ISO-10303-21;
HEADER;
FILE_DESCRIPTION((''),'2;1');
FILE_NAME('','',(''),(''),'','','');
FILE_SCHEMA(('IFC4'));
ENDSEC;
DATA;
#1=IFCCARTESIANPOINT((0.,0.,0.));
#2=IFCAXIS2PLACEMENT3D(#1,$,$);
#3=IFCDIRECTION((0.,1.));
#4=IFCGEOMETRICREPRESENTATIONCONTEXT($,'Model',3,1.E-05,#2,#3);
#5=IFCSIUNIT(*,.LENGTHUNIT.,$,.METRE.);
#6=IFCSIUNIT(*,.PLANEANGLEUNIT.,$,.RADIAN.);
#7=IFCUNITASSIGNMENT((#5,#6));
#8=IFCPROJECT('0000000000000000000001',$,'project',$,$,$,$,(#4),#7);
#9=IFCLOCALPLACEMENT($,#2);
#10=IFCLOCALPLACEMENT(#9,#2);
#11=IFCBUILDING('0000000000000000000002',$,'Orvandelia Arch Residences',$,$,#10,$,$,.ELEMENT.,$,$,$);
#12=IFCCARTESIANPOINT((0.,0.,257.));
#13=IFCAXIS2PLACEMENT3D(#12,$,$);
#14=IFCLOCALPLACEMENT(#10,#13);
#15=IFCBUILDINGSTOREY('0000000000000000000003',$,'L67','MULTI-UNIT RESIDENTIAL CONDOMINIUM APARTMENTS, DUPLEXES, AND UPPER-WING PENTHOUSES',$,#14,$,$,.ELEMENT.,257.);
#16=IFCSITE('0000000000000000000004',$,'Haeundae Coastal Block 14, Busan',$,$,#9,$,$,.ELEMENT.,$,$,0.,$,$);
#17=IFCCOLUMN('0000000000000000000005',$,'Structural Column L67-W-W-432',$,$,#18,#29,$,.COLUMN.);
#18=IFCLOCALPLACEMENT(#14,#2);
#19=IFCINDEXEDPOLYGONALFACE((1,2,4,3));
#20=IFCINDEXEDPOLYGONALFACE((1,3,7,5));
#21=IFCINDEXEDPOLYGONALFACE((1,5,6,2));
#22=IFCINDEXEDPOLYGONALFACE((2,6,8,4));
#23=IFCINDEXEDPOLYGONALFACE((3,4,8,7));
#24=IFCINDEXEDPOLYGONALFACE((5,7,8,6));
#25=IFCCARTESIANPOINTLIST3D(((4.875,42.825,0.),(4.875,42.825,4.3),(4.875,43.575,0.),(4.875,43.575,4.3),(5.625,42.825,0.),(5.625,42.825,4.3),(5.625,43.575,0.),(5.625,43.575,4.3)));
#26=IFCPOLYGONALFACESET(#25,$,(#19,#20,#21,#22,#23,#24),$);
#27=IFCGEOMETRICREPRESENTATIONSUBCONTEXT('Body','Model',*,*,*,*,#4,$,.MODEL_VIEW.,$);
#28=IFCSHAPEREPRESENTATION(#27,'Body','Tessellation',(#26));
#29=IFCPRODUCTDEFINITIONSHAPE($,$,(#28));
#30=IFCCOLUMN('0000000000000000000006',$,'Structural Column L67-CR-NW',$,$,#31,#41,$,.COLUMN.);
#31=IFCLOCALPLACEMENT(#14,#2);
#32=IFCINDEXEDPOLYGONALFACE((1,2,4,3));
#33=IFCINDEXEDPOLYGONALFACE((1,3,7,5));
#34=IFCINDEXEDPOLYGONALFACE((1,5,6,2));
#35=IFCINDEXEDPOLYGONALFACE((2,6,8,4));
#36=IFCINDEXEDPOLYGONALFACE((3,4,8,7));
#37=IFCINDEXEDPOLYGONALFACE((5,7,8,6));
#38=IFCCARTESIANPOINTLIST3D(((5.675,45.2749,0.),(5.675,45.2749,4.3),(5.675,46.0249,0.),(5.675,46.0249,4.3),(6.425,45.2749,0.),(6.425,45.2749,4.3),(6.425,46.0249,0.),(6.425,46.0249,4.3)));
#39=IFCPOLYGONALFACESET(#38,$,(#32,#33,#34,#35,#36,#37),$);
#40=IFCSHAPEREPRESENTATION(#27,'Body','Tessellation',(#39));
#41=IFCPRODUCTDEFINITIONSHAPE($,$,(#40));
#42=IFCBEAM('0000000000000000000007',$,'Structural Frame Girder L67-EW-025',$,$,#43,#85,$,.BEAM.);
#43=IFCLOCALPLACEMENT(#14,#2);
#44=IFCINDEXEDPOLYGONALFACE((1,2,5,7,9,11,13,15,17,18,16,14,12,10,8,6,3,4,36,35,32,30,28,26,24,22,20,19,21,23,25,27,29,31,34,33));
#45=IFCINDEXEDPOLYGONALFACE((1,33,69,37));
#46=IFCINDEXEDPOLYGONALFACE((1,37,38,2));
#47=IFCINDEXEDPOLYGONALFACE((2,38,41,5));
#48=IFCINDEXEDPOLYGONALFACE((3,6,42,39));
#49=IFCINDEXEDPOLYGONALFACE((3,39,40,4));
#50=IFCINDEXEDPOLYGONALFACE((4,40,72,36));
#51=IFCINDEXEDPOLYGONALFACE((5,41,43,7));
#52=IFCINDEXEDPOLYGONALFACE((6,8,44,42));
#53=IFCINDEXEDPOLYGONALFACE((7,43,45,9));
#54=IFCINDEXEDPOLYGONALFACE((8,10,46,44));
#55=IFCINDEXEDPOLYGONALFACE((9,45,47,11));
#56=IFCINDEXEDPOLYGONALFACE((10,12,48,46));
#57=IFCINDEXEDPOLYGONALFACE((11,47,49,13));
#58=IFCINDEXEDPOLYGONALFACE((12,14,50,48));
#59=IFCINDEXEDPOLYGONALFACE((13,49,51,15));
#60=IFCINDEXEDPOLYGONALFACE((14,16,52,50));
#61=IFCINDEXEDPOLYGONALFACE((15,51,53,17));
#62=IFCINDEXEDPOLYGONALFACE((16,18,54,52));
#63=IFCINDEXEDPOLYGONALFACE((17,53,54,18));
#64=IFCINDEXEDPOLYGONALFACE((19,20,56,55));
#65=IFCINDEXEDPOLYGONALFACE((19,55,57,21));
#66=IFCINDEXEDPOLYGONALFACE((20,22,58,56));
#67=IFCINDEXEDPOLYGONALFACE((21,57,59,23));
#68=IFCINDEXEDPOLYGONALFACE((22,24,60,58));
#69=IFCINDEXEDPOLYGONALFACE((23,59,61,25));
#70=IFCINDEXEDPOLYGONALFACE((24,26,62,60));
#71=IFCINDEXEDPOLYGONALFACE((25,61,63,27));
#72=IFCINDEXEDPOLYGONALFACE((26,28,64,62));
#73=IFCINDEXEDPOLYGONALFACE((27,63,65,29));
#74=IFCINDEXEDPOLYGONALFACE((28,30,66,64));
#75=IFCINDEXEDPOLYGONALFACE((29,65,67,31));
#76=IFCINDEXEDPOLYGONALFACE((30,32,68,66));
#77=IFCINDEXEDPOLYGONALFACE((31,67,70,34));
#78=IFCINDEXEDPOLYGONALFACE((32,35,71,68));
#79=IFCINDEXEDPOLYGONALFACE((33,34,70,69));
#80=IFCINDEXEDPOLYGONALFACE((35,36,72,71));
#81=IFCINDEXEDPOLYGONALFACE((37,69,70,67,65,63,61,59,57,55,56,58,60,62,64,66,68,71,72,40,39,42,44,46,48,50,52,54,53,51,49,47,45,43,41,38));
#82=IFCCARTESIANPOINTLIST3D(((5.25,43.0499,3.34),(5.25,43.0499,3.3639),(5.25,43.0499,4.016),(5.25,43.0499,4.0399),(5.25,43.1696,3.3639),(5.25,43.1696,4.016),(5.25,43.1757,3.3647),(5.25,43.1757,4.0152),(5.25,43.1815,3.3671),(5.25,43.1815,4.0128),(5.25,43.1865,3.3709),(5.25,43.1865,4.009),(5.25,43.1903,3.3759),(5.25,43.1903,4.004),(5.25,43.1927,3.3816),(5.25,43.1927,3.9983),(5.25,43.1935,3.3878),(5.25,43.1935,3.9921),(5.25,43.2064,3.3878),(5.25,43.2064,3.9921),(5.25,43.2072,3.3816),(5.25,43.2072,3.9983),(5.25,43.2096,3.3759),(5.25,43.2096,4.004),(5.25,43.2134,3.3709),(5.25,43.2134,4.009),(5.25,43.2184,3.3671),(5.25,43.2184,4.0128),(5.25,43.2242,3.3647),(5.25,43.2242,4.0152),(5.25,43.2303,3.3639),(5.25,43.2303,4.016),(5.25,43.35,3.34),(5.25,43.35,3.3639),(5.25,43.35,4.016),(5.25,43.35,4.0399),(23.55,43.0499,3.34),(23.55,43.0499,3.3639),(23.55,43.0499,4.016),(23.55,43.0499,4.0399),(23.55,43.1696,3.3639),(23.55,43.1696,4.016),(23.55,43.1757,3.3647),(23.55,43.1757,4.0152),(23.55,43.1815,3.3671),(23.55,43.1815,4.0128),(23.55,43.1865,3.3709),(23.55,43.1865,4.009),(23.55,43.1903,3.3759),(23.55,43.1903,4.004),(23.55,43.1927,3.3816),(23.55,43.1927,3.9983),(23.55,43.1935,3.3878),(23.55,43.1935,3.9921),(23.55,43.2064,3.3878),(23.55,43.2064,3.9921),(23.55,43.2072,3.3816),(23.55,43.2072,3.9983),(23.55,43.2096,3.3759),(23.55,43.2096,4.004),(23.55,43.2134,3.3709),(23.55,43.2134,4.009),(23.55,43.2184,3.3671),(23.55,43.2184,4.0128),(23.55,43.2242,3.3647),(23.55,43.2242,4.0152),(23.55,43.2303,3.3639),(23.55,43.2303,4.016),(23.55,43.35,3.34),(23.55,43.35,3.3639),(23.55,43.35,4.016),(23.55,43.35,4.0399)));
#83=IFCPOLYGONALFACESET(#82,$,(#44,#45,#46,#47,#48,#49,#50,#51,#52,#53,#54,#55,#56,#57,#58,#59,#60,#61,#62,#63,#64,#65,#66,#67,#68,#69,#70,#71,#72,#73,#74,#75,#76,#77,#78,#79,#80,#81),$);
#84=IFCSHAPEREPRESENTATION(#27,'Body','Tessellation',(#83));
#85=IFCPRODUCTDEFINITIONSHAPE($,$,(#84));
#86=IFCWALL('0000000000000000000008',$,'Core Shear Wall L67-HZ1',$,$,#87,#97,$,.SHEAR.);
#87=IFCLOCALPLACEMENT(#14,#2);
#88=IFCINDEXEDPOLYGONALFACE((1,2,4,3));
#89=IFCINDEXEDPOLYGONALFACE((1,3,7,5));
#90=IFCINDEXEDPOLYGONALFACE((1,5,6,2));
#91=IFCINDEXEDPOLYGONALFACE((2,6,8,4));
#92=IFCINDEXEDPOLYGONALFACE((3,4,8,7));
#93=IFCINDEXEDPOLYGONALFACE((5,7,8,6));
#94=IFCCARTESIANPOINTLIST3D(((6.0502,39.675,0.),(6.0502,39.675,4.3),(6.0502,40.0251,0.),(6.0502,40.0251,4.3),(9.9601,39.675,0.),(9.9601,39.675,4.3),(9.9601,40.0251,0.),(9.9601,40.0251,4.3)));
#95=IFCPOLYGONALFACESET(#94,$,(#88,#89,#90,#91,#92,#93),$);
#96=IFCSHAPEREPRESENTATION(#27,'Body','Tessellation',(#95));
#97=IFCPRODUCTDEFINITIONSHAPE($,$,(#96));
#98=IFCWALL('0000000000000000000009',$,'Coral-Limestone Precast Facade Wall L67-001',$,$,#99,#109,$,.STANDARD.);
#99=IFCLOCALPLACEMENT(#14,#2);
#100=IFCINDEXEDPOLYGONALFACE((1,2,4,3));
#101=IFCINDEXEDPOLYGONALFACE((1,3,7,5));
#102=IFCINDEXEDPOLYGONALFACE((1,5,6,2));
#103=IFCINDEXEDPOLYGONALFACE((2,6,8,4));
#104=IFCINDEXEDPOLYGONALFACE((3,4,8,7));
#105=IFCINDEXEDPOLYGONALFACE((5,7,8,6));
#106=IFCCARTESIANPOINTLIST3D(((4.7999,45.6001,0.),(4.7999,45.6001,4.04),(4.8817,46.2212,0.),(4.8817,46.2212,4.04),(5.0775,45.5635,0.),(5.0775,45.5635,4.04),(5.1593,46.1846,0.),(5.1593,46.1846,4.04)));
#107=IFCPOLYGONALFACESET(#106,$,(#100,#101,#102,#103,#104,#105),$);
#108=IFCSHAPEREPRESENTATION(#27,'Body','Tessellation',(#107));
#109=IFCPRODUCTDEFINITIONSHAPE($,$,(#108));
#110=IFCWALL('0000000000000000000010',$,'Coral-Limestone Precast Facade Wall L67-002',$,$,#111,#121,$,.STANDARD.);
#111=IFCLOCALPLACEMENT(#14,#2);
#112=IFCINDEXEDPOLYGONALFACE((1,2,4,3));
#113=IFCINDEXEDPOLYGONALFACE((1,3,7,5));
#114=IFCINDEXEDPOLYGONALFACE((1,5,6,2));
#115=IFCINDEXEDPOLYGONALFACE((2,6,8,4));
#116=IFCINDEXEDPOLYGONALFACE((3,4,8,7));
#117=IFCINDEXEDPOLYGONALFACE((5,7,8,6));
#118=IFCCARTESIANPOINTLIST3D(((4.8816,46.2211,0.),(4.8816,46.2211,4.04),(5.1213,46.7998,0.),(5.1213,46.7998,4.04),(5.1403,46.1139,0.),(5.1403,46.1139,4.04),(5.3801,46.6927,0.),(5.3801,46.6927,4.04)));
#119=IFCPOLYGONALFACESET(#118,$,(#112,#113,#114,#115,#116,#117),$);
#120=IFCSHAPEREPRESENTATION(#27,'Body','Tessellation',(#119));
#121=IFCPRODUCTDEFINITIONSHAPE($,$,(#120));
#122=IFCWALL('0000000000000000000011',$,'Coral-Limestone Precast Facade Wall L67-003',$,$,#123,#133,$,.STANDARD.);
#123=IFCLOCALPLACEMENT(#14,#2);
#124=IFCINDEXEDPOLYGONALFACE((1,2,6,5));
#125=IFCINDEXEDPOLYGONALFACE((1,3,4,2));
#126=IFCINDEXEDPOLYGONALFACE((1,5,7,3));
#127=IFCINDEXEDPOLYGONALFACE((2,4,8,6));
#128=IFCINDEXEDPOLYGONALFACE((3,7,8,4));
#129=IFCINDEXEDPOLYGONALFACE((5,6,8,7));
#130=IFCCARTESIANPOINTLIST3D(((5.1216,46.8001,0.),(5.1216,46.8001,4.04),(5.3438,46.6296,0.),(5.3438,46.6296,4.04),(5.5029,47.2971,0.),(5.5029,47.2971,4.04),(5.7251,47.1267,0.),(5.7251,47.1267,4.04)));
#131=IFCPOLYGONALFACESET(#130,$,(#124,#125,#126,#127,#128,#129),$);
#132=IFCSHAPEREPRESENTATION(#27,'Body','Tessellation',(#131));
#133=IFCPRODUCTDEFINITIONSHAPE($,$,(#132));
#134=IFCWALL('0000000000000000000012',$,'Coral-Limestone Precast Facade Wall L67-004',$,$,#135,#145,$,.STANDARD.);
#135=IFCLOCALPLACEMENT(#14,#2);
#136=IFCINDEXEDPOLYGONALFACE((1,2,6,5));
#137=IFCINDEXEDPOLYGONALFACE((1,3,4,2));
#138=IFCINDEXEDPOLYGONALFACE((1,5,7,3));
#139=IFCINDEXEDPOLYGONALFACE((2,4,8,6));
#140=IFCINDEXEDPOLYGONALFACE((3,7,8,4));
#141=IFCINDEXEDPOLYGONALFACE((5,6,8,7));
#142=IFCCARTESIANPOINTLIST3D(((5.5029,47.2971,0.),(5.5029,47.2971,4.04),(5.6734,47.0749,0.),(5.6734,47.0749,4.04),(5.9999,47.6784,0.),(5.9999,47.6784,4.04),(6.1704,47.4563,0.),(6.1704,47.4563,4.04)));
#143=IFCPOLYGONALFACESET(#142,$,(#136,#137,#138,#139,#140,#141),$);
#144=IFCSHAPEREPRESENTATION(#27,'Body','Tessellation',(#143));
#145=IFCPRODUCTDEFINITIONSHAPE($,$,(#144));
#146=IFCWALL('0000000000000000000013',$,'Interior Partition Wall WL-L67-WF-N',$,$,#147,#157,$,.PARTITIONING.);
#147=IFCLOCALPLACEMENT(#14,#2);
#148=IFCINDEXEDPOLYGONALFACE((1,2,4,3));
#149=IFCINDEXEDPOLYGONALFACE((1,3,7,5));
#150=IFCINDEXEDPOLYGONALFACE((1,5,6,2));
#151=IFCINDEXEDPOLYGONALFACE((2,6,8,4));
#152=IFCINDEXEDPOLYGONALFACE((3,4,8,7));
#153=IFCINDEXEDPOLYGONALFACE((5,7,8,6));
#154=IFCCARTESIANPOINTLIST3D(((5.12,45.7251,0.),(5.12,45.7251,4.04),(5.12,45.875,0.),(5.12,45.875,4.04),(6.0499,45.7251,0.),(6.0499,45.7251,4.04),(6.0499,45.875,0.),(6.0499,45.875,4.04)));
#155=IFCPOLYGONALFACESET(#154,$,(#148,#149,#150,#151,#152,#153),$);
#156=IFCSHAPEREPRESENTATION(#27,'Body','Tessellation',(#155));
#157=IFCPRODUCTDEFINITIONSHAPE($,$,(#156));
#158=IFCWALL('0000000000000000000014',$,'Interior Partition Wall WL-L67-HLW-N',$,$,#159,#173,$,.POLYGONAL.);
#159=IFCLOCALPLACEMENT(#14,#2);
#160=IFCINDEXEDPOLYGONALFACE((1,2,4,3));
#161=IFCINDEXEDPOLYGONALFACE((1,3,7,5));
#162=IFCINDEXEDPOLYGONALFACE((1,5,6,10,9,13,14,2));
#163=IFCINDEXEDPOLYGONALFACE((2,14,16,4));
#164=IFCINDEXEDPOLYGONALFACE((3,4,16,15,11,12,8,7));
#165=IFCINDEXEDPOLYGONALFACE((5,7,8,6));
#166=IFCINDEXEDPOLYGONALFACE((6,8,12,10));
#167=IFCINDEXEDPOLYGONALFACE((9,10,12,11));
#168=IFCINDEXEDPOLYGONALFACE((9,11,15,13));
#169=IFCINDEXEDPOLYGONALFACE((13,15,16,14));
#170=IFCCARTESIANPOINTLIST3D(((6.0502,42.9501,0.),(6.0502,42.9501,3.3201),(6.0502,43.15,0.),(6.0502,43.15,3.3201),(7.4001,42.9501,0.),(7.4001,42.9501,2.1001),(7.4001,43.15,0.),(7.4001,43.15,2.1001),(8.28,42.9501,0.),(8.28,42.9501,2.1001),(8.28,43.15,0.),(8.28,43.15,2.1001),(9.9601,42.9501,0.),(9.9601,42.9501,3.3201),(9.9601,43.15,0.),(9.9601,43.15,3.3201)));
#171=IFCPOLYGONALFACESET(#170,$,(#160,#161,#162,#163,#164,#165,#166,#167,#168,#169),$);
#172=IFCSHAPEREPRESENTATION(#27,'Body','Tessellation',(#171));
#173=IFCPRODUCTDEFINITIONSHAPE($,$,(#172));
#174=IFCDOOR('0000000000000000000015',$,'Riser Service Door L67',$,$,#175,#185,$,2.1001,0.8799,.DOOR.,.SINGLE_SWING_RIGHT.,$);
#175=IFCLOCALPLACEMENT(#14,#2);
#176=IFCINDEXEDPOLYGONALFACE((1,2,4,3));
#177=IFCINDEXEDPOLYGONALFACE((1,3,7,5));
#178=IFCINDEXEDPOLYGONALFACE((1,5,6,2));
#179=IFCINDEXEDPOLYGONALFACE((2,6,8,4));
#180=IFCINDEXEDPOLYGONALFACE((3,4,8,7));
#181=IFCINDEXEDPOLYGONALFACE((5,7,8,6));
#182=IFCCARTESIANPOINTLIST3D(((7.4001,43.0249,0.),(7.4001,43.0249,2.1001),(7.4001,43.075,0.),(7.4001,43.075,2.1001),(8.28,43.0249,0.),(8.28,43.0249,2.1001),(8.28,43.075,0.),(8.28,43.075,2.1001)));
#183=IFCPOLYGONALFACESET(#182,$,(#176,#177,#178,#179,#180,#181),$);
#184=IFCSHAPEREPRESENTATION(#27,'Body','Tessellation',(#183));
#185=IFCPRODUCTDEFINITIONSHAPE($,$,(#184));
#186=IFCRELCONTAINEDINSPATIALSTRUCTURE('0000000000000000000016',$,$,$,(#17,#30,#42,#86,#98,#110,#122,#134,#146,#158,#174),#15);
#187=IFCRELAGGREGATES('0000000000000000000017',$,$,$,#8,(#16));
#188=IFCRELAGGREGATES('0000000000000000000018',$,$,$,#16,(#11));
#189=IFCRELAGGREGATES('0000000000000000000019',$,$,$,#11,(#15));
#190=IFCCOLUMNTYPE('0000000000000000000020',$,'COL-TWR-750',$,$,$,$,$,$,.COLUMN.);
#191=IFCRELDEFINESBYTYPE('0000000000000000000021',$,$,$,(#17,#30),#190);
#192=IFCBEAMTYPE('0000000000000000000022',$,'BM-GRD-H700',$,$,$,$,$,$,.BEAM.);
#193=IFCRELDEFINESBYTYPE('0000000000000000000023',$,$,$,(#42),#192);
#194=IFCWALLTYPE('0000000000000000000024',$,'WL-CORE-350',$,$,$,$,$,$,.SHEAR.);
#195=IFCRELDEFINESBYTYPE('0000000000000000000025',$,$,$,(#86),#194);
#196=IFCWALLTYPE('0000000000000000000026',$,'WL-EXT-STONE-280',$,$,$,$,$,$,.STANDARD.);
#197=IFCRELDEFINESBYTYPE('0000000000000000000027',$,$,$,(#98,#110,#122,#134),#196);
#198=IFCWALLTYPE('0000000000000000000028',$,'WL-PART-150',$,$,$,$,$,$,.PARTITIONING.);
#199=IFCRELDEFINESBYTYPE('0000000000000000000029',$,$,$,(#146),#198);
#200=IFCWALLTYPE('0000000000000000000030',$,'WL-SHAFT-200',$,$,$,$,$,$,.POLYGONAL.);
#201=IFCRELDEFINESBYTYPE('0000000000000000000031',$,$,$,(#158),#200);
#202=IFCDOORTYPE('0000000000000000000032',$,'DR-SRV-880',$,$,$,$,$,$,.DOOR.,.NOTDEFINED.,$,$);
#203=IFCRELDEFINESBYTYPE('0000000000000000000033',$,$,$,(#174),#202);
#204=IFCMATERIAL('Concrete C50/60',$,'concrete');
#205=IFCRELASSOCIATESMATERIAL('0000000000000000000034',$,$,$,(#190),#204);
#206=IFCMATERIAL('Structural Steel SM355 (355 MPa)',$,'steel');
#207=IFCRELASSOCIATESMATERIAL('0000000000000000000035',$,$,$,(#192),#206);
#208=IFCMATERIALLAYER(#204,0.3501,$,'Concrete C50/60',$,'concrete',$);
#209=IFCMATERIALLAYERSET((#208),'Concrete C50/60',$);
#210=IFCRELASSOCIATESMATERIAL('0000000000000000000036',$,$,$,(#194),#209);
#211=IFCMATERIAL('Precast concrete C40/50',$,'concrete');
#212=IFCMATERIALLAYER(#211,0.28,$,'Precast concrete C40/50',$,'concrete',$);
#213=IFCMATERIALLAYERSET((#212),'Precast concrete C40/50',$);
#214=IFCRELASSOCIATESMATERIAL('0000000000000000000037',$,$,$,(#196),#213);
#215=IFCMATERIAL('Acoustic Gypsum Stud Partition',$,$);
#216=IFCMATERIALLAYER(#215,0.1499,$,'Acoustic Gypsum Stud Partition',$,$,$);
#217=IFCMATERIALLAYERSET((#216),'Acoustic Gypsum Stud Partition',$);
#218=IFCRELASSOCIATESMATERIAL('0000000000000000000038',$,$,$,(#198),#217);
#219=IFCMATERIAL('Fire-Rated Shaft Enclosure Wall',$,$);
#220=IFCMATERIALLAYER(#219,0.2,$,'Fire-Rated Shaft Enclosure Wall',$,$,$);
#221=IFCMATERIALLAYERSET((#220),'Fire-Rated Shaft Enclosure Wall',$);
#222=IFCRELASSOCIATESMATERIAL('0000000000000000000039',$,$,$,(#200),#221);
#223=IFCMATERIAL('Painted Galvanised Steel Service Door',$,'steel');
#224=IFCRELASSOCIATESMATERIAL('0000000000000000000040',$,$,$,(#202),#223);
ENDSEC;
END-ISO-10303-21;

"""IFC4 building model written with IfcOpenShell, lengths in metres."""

from ifc_helpers import new_model, si_unit, direction, frame, frame_2d, origin, origin_2d, place, context, subcontext, project, spatial, rectangle, i_section, extrude, material, layer, layer_set, material_profile, profile_set, type_object, element, fill, save


model = new_model("IFC4")

# Units and contexts
model_context = context("Model", 3, precision=1e-05, world=origin(), true_north=direction((0.0, 1.0)))
body_context = subcontext(model_context, "Body", "Model", "MODEL_VIEW")
ifc_project = project(units=[si_unit("LENGTHUNIT", "METRE"), si_unit("PLANEANGLEUNIT", "RADIAN")], contexts=[model_context])

# Site, building, storey
site_placement = place(None, origin())
site = spatial("IfcSite", under=ifc_project, at=site_placement, Name="Haeundae Coastal Block 14, Busan", CompositionType="ELEMENT", RefElevation=0.0)
building_placement = place(site_placement, origin())
building = spatial("IfcBuilding", under=site, at=building_placement, Name="Orvandelia Arch Residences", CompositionType="ELEMENT")
storey_placement = place(building_placement, frame((0.0, 0.0, 257.0)))
storey = spatial("IfcBuildingStorey", under=building, at=storey_placement, Name="L67", Description="MULTI-UNIT RESIDENTIAL CONDOMINIUM APARTMENTS, DUPLEXES, AND UPPER-WING PENTHOUSES", CompositionType="ELEMENT", Elevation=257.0)

# Columns
ifc_material_1 = material(Name="Concrete C50/60", Category="concrete")
ifc_material_profile_1 = material_profile(ifc_material_1, rectangle(XDim=0.75, YDim=0.75, at=origin_2d()), Name="Concrete C50/60", Category="concrete")
ifc_profile_set_1 = profile_set([ifc_material_profile_1], Name="Concrete C50/60")
column_type = type_object("IfcColumnType", Name="COL-TWR-750", PredefinedType="COLUMN", material=ifc_profile_set_1)
for number, where, z_axis, x_axis, name in (
    (1, (5.25, 43.2, 0.0), (0.0, 0.0, 1.0), (1.0, 0.0, 0.0), "Structural Column L67-W-W-432"),
    (2, (6.05, 45.6499, 0.0), (0.0, 0.0, 1.0), (1.0, 0.0, 0.0), "Structural Column L67-CR-NW"),
):
    element("IfcColumn", number, at=place(storey_placement, frame(where, z_axis=z_axis, x_axis=x_axis)), inside=storey, type_object=column_type, Name=name, PredefinedType="COLUMN", context=body_context, shape_type="SweptSolid", body=[
        extrude(rectangle(XDim=0.75, YDim=0.75, at=origin_2d()), origin(), (0.0, 0.0, 1.0), 4.3),
    ])

# Beam
ifc_material_2 = material(Name="Structural Steel SM355 (355 MPa)", Category="steel")
ifc_material_profile_2 = material_profile(ifc_material_2, i_section(OverallWidth=0.3, OverallDepth=0.7, WebThickness=0.0129, FlangeThickness=0.0239, FilletRadius=0.0239, at=origin_2d()), Name="Structural Steel SM355 (355 MPa)", Category="steel")
ifc_profile_set_2 = profile_set([ifc_material_profile_2], Name="Structural Steel SM355 (355 MPa)")
beam_type = type_object("IfcBeamType", Name="BM-GRD-H700", PredefinedType="BEAM", material=ifc_profile_set_2)
beam_placement = place(storey_placement, frame((5.25, 43.2, 3.6899), z_axis=(1.0, 0.0, 0.0), x_axis=(0.0, 1.0, 0.0)))
element("IfcBeam", 3, at=beam_placement, inside=storey, type_object=beam_type, Name="Structural Frame Girder L67-EW-025", PredefinedType="BEAM", context=body_context, shape_type="SweptSolid", body=[
    extrude(i_section(OverallWidth=0.3, OverallDepth=0.7, WebThickness=0.0129, FlangeThickness=0.0239, FilletRadius=0.0239, at=origin_2d()), origin(), (0.0, 0.0, 1.0), 18.3),
])

# Walls
ifc_layer_1 = layer(ifc_material_1, 0.3501, Name="Concrete C50/60", Category="concrete")
ifc_layer_set_1 = layer_set([ifc_layer_1], Name="Concrete C50/60")
wall_type_1 = type_object("IfcWallType", Name="WL-CORE-350", PredefinedType="SHEAR", material=ifc_layer_set_1)
wall_1_placement = place(storey_placement, frame((6.05, 39.8501, 0.0), z_axis=(0.0, 0.0, 1.0), x_axis=(1.0, 0.0, 0.0)))
element("IfcWall", 4, at=wall_1_placement, inside=storey, type_object=wall_type_1, Name="Core Shear Wall L67-HZ1", PredefinedType="SHEAR", context=body_context, shape_type="SweptSolid", body=[
    extrude(rectangle(XDim=3.9099, YDim=0.3501, at=frame_2d((1.9551, 0.0))), origin(), (0.0, 0.0, 1.0), 4.3),
])
ifc_material_3 = material(Name="Precast concrete C40/50", Category="concrete")
ifc_layer_2 = layer(ifc_material_3, 0.28, Name="Precast concrete C40/50", Category="concrete")
ifc_layer_set_2 = layer_set([ifc_layer_2], Name="Precast concrete C40/50")
wall_type_2 = type_object("IfcWallType", Name="WL-EXT-STONE-280", PredefinedType="STANDARD", material=ifc_layer_set_2)
for number, where, z_axis, x_axis, name in (
    (5, (4.9387, 45.5818, 0.0), (0.0, 0.0, 1.0), (0.130555, 0.991441, 0.0), "Coral-Limestone Precast Facade Wall L67-001"),
    (6, (5.011, 46.1675, 0.0), (0.0, 0.0, 1.0), (0.38265, 0.923893, 0.0), "Coral-Limestone Precast Facade Wall L67-002"),
    (7, (5.2327, 46.7148, 0.0), (0.0, 0.0, 1.0), (0.608693, 0.793406, 0.0), "Coral-Limestone Precast Facade Wall L67-003"),
    (8, (5.5881, 47.186, 0.0), (0.0, 0.0, 1.0), (0.793406, 0.608693, 0.0), "Coral-Limestone Precast Facade Wall L67-004"),
):
    element("IfcWall", number, at=place(storey_placement, frame(where, z_axis=z_axis, x_axis=x_axis)), inside=storey, type_object=wall_type_2, Name=name, PredefinedType="STANDARD", context=body_context, shape_type="SweptSolid", body=[
        extrude(rectangle(XDim=0.6265, YDim=0.28, at=frame_2d((0.3132, 0.0))), origin(), (0.0, 0.0, 1.0), 4.04),
    ])
ifc_material_4 = material(Name="Acoustic Gypsum Stud Partition")
ifc_layer_3 = layer(ifc_material_4, 0.1499, Name="Acoustic Gypsum Stud Partition")
ifc_layer_set_3 = layer_set([ifc_layer_3], Name="Acoustic Gypsum Stud Partition")
wall_type_3 = type_object("IfcWallType", Name="WL-PART-150", PredefinedType="PARTITIONING", material=ifc_layer_set_3)
wall_2_placement = place(storey_placement, frame((5.1201, 45.8, 0.0), z_axis=(0.0, 0.0, 1.0), x_axis=(1.0, 0.0, 0.0)))
element("IfcWall", 9, at=wall_2_placement, inside=storey, type_object=wall_type_3, Name="Interior Partition Wall WL-L67-WF-N", PredefinedType="PARTITIONING", context=body_context, shape_type="SweptSolid", body=[
    extrude(rectangle(XDim=0.9299, YDim=0.1499, at=frame_2d((0.4648, 0.0))), origin(), (0.0, 0.0, 1.0), 4.04),
])

# Wall, opening, door
ifc_material_5 = material(Name="Fire-Rated Shaft Enclosure Wall")
ifc_layer_4 = layer(ifc_material_5, 0.2, Name="Fire-Rated Shaft Enclosure Wall")
ifc_layer_set_4 = layer_set([ifc_layer_4], Name="Fire-Rated Shaft Enclosure Wall")
wall_type_4 = type_object("IfcWallType", Name="WL-SHAFT-200", PredefinedType="POLYGONAL", material=ifc_layer_set_4)
wall_3_placement = place(storey_placement, frame((6.05, 43.05, 0.0), z_axis=(0.0, 0.0, 1.0), x_axis=(1.0, 0.0, 0.0)))
wall_3 = element("IfcWall", 10, at=wall_3_placement, inside=storey, type_object=wall_type_4, Name="Interior Partition Wall WL-L67-HLW-N", PredefinedType="POLYGONAL", context=body_context, shape_type="SweptSolid", body=[
    extrude(rectangle(XDim=3.9099, YDim=0.2, at=frame_2d((1.9551, 0.0))), origin(), (0.0, 0.0, 1.0), 3.3201),
])
opening_placement = place(wall_3_placement, frame((1.3501, 0.0, 0.0)))
opening = element("IfcOpeningElement", 11, at=opening_placement, cuts=wall_3, PredefinedType="OPENING", context=body_context, shape_type="SweptSolid", body=[
    extrude(rectangle(XDim=0.8799, YDim=2.1001, at=frame_2d((0.4399, 1.05))), frame((0.0, 0.1099, 0.0), z_axis=(0.0, -1.0, 0.0), x_axis=(1.0, 0.0, 0.0)), (0.0, 0.0, 1.0), 0.22),
])
ifc_material_6 = material(Name="Painted Galvanised Steel Service Door", Category="steel")
door_type = type_object("IfcDoorType", Name="DR-SRV-880", OperationType="NOTDEFINED", PredefinedType="DOOR", material=ifc_material_6)
door_placement = place(opening_placement, origin())
door = element("IfcDoor", 12, at=door_placement, inside=storey, type_object=door_type, Name="Riser Service Door L67", OperationType="SINGLE_SWING_RIGHT", OverallHeight=2.1001, OverallWidth=0.8799, PredefinedType="DOOR", context=body_context, shape_type="SweptSolid", body=[
    extrude(rectangle(XDim=0.8799, YDim=2.1001, at=frame_2d((0.4399, 1.05))), frame((0.0, 0.0249, 0.0), z_axis=(0.0, -1.0, 0.0), x_axis=(1.0, 0.0, 0.0)), (0.0, 0.0, 1.0), 0.05),
])
fill(opening, door)

save(model, "model.ifc")
